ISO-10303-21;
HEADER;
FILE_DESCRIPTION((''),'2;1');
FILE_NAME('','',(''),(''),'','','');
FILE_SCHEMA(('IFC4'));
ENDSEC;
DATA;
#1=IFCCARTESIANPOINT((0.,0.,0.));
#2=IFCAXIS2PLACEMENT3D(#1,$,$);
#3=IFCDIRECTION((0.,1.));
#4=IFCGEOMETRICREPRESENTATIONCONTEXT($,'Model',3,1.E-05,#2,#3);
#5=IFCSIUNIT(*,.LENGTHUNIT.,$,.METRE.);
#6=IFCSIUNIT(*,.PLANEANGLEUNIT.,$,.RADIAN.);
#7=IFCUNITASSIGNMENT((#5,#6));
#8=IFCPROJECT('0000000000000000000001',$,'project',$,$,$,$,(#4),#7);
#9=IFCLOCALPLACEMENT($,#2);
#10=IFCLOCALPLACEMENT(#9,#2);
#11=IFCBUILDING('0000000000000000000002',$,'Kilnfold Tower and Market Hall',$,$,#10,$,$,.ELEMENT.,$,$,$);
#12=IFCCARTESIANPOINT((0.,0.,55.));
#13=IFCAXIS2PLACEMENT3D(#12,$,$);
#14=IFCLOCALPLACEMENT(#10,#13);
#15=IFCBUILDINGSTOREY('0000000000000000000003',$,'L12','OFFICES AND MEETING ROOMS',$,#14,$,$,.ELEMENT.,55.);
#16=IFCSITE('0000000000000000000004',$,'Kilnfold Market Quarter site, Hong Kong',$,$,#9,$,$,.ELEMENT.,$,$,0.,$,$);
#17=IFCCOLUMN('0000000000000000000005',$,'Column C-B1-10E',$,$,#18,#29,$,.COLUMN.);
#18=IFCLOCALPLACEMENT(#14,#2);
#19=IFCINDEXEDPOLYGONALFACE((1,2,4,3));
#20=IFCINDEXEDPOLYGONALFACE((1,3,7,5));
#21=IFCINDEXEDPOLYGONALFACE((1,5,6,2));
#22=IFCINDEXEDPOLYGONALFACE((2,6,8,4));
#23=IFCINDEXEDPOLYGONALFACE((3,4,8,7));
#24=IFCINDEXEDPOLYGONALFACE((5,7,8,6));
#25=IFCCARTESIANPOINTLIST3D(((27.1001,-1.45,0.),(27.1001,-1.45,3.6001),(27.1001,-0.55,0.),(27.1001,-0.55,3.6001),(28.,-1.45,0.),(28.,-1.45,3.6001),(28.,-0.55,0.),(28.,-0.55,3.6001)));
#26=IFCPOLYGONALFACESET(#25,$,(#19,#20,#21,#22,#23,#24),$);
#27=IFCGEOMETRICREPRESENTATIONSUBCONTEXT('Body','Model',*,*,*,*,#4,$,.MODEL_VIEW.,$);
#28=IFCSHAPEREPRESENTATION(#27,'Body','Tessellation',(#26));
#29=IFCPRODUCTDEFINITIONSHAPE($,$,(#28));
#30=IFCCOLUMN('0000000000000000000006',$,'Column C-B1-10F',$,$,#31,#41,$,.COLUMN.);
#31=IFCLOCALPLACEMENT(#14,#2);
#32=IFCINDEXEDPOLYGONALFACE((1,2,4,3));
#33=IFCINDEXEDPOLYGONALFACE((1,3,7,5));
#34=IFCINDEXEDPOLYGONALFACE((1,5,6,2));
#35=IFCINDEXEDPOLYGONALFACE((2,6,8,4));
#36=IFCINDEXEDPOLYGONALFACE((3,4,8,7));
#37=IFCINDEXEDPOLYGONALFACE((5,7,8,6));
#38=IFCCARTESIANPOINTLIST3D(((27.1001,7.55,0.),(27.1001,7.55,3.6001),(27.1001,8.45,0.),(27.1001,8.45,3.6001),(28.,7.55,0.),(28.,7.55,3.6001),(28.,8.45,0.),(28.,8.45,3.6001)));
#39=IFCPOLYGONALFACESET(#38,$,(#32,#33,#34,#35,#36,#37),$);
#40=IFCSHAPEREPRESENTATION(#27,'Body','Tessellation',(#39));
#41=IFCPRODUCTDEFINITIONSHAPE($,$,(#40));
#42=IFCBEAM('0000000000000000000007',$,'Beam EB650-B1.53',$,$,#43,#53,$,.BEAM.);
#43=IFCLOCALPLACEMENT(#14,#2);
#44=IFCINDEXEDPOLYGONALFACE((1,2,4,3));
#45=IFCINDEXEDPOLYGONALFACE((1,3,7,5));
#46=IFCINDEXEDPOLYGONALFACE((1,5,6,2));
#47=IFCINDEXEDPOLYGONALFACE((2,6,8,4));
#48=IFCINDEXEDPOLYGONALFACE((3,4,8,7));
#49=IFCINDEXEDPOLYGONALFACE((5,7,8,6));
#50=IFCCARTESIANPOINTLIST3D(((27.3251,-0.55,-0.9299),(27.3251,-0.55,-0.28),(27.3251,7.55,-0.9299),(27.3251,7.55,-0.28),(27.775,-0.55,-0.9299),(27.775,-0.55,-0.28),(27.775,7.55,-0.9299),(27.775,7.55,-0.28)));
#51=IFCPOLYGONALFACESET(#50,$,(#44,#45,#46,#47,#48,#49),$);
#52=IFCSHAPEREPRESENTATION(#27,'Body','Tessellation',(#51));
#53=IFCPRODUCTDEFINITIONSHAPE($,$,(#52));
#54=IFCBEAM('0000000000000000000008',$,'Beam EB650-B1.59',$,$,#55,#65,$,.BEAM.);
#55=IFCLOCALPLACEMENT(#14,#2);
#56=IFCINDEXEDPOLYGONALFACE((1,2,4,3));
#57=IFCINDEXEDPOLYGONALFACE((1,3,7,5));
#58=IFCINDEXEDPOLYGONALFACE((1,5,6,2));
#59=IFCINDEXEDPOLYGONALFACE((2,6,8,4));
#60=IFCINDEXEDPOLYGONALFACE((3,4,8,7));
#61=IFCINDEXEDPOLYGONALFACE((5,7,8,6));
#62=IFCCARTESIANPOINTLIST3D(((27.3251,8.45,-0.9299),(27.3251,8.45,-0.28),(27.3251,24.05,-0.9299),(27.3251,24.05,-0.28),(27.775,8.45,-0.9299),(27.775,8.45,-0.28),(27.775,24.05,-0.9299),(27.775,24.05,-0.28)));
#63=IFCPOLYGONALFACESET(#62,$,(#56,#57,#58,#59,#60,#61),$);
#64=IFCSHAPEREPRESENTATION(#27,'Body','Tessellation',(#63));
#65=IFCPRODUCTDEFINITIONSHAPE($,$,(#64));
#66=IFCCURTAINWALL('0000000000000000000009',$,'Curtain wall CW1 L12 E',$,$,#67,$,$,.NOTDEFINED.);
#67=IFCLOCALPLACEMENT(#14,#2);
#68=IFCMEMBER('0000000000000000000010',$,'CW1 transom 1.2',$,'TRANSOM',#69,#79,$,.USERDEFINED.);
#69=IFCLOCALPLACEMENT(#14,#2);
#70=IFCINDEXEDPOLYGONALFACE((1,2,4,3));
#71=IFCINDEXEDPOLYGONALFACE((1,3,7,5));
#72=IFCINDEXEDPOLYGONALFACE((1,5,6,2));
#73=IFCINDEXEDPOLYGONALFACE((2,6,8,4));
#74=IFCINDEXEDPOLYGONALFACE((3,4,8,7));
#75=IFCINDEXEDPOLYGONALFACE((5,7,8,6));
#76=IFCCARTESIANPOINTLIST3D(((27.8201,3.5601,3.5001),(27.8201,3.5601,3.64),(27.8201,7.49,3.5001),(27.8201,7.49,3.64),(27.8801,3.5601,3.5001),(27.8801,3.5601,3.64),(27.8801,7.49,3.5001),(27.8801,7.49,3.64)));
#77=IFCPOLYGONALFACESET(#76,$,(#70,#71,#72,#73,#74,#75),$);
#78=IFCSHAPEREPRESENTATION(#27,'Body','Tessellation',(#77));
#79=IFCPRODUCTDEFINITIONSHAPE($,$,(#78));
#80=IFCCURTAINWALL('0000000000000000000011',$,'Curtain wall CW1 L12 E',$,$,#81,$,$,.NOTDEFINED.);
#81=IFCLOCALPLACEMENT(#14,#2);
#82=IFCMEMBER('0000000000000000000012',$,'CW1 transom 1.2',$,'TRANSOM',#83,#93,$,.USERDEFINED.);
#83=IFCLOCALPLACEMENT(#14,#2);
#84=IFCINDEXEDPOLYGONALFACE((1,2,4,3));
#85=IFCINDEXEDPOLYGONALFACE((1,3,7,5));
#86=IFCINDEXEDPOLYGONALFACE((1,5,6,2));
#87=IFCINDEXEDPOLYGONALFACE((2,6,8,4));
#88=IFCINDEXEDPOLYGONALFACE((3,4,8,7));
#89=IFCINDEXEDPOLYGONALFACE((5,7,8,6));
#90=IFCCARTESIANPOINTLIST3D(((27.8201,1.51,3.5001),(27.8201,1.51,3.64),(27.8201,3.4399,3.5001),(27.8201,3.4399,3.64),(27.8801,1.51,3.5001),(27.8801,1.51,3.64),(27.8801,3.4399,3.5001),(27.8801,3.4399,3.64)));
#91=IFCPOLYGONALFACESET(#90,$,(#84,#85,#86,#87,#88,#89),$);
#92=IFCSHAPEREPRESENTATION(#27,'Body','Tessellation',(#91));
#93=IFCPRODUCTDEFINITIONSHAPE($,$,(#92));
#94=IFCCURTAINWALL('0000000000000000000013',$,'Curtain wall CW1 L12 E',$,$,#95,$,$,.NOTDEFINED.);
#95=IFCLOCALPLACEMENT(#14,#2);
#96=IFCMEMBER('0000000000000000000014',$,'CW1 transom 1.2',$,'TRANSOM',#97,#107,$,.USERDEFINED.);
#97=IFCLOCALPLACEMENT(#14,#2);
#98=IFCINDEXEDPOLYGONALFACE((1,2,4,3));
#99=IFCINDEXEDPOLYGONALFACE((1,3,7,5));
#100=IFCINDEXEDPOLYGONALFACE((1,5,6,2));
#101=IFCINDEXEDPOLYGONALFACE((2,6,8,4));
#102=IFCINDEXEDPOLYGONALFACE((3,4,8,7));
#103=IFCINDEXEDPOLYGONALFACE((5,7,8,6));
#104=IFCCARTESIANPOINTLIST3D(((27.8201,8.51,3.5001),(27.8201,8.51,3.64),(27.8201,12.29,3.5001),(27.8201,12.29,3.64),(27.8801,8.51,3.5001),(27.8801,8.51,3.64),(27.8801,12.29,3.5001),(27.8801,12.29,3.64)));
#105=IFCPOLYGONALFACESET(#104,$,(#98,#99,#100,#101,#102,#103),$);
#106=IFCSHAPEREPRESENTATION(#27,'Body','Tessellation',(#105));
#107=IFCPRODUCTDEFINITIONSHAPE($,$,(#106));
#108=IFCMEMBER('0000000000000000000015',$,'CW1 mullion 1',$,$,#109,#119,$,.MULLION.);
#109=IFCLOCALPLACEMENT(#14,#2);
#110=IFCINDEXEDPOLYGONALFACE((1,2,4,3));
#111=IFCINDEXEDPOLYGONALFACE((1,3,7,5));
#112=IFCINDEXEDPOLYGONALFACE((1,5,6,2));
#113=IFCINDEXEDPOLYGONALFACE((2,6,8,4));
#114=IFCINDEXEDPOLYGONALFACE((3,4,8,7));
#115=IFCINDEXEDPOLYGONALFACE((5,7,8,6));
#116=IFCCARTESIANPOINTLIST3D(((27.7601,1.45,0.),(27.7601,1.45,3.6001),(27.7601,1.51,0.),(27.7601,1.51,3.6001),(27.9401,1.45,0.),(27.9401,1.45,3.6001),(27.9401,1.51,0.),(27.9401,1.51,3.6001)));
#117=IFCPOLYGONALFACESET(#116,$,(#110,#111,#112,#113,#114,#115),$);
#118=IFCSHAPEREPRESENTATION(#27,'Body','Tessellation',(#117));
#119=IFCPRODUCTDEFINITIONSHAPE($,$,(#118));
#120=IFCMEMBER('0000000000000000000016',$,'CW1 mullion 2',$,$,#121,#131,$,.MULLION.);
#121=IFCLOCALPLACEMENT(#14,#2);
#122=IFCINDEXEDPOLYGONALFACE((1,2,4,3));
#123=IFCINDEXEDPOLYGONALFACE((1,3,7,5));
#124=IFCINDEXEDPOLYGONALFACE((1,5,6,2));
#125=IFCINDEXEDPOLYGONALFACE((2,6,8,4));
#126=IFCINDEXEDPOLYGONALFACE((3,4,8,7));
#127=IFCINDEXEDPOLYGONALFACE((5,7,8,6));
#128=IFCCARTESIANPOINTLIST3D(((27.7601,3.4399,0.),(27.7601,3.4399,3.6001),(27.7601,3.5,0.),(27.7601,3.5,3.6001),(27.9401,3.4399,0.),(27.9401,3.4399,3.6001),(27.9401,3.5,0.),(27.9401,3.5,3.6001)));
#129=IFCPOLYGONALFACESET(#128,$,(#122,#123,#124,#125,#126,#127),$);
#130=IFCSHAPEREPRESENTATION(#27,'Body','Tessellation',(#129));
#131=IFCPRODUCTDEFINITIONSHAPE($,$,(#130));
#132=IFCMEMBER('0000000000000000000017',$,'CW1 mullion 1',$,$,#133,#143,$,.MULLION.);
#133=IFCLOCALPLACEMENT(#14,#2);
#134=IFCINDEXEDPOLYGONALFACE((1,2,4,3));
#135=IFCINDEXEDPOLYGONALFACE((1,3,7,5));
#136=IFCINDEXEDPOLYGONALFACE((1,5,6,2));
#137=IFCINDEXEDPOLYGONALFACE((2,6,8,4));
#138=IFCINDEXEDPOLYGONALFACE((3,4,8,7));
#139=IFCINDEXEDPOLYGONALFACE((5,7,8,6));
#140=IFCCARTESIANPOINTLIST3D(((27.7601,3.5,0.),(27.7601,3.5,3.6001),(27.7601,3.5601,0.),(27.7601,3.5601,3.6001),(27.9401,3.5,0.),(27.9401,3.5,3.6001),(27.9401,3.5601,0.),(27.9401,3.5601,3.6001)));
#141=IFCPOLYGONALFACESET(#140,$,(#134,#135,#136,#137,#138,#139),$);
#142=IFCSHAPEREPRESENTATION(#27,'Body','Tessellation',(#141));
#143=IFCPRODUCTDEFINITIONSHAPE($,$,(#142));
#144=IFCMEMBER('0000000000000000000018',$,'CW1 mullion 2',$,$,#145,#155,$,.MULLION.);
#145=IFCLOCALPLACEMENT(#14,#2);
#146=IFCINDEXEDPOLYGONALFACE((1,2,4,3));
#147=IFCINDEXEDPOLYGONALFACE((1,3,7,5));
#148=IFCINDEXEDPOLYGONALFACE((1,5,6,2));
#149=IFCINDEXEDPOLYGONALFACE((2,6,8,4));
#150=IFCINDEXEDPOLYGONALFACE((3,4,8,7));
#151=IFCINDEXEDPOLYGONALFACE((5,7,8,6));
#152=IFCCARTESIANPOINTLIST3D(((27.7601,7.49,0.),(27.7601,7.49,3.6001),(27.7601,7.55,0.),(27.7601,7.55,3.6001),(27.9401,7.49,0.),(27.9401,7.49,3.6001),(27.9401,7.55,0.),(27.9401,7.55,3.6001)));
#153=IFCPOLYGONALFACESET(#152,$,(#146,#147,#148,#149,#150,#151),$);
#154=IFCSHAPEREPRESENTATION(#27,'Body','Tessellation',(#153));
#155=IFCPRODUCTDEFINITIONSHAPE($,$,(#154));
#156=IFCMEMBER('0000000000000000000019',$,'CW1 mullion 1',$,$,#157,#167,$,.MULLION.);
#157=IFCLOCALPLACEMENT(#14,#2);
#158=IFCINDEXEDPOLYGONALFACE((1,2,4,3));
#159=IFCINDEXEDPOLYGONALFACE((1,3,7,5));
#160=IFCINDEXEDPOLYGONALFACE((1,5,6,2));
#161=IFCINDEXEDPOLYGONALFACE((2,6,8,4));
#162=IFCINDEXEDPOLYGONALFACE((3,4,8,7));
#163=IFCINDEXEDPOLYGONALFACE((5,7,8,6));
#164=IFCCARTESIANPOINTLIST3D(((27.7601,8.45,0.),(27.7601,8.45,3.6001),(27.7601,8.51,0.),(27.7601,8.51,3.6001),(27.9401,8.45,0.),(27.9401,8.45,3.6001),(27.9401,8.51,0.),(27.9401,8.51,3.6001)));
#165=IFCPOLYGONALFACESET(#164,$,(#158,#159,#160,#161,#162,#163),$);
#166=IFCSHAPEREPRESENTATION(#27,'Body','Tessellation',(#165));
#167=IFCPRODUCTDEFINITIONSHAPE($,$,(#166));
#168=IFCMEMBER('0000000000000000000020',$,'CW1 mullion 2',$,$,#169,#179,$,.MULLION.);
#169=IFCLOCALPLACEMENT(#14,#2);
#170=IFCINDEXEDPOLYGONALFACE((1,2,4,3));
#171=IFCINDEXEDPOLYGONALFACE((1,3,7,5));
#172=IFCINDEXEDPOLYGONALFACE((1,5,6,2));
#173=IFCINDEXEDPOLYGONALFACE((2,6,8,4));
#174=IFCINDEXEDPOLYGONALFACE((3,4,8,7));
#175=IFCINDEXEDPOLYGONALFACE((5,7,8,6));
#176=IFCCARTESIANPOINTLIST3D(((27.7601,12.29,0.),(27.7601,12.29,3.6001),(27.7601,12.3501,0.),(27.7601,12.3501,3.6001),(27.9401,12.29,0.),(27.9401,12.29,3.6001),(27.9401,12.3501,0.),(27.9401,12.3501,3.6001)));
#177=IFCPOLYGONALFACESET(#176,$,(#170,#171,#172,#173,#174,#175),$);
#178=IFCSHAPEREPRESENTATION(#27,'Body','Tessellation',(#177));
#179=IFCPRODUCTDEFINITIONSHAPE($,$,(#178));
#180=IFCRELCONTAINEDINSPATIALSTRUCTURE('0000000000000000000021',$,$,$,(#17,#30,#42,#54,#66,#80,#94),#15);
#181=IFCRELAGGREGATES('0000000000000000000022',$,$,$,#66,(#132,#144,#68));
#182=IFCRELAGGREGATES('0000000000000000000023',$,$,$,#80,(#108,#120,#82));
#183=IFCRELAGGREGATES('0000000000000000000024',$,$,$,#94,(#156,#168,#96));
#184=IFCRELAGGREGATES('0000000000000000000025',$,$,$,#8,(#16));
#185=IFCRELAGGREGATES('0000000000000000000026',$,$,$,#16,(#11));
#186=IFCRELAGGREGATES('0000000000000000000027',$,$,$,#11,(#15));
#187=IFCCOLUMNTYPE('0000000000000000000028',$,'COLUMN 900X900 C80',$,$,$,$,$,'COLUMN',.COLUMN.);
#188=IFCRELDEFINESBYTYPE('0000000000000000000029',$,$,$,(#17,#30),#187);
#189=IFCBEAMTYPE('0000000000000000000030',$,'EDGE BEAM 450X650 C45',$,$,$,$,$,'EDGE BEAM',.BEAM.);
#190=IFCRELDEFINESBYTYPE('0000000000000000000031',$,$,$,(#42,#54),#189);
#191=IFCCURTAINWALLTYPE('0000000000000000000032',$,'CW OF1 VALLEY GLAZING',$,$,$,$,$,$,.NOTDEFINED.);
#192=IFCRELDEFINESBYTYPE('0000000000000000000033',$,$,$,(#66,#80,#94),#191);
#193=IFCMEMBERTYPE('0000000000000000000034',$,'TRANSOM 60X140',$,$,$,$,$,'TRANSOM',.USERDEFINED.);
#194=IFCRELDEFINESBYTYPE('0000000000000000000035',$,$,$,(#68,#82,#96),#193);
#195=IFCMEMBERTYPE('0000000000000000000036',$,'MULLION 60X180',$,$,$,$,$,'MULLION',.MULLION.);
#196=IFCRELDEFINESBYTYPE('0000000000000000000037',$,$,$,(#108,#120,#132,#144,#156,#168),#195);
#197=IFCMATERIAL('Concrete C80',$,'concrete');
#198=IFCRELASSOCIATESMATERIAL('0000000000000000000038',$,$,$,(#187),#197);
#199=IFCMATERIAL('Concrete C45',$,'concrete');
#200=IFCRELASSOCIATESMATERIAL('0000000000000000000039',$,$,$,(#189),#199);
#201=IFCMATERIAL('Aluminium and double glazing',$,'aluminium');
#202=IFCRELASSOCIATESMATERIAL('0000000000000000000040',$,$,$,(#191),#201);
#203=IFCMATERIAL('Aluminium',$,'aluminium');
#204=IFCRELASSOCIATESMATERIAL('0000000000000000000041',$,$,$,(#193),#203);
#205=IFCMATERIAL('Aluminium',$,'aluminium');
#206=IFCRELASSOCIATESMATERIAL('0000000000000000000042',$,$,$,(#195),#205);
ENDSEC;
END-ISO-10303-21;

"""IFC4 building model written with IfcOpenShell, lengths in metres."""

from ifc_helpers import new_model, si_unit, direction, frame, origin, origin_2d, place, context, subcontext, project, spatial, rectangle, extrude, source, transform, mapped, material, material_profile, profile_set, type_object, element, aggregate, save


model = new_model("IFC4")

# Units and contexts
model_context = context("Model", 3, precision=1e-05, world=origin(), true_north=direction((0.0, 1.0)))
body_context = subcontext(model_context, "Body", "Model", "MODEL_VIEW")
ifc_project = project(units=[si_unit("LENGTHUNIT", "METRE"), si_unit("PLANEANGLEUNIT", "RADIAN")], contexts=[model_context])

# Site, building, storey
site_placement = place(None, origin())
site = spatial("IfcSite", under=ifc_project, at=site_placement, Name="Kilnfold Market Quarter site, Hong Kong", CompositionType="ELEMENT", RefElevation=0.0)
building_placement = place(site_placement, origin())
building = spatial("IfcBuilding", under=site, at=building_placement, Name="Kilnfold Tower and Market Hall", CompositionType="ELEMENT")
storey_placement = place(building_placement, frame((0.0, 0.0, 55.0)))
storey = spatial("IfcBuildingStorey", under=building, at=storey_placement, Name="L12", Description="OFFICES AND MEETING ROOMS", CompositionType="ELEMENT", Elevation=55.0)

# Columns
ifc_material_1 = material(Name="Concrete C80", Category="concrete")
ifc_material_profile_1 = material_profile(ifc_material_1, rectangle(XDim=0.8999, YDim=0.8999, at=origin_2d()), Name="RC 900x900")
ifc_profile_set_1 = profile_set([ifc_material_profile_1], Name="Concrete C80")
column_type = type_object("IfcColumnType", Name="COLUMN 900X900 C80", ElementType="COLUMN", PredefinedType="COLUMN", material=ifc_profile_set_1)
shared_shape_1 = source(origin(), body_context, "Body", "SweptSolid", [
    extrude(rectangle(XDim=0.8999, YDim=0.8999, at=origin_2d()), origin(), (0.0, 0.0, 1.0), 3.6001),
])
for number, where, z_axis, x_axis, name in (
    (1, (27.55, -1.0, 0.0), (0.0, 0.0, 1.0), (1.0, 0.0, 0.0), "Column C-B1-10E"),
    (2, (27.55, 8.0, 0.0), (0.0, 0.0, 1.0), (1.0, 0.0, 0.0), "Column C-B1-10F"),
):
    element("IfcColumn", number, at=place(storey_placement, frame(where, z_axis=z_axis, x_axis=x_axis)), inside=storey, type_object=column_type, Name=name, PredefinedType="COLUMN", context=body_context, shape_type="MappedRepresentation", body=[
        mapped(shared_shape_1, transform((0.0, 0.0, 0.0))),
    ])

# Beams
ifc_material_2 = material(Name="Concrete C45", Category="concrete")
ifc_material_profile_2 = material_profile(ifc_material_2, rectangle(XDim=0.45, YDim=0.6499, at=origin_2d()), Name="RC 450x650")
ifc_profile_set_2 = profile_set([ifc_material_profile_2], Name="Concrete C45")
beam_type = type_object("IfcBeamType", Name="EDGE BEAM 450X650 C45", ElementType="EDGE BEAM", PredefinedType="BEAM", material=ifc_profile_set_2)
shared_shape_2 = source(origin(), body_context, "Body", "SweptSolid", [
    extrude(rectangle(XDim=0.45, YDim=0.6499, at=origin_2d()), origin(), (0.0, 0.0, 1.0), 8.1001),
])
beam_1_placement = place(storey_placement, frame((27.55, -0.55, -0.605), z_axis=(0.0, 1.0, 0.0), x_axis=(-1.0, 0.0, 0.0)))
element("IfcBeam", 3, at=beam_1_placement, inside=storey, type_object=beam_type, Name="Beam EB650-B1.53", PredefinedType="BEAM", context=body_context, shape_type="MappedRepresentation", body=[
    mapped(shared_shape_2, transform((0.0, 0.0, 0.0))),
])
shared_shape_3 = source(origin(), body_context, "Body", "SweptSolid", [
    extrude(rectangle(XDim=0.45, YDim=0.6499, at=origin_2d()), origin(), (0.0, 0.0, 1.0), 15.6001),
])
beam_2_placement = place(storey_placement, frame((27.55, 8.45, -0.605), z_axis=(0.0, 1.0, 0.0), x_axis=(-1.0, 0.0, 0.0)))
element("IfcBeam", 4, at=beam_2_placement, inside=storey, type_object=beam_type, Name="Beam EB650-B1.59", PredefinedType="BEAM", context=body_context, shape_type="MappedRepresentation", body=[
    mapped(shared_shape_3, transform((0.0, 0.0, 0.0))),
])

# Curtain walls, members
ifc_material_3 = material(Name="Aluminium and double glazing", Category="aluminium")
curtain_wall_type = type_object("IfcCurtainWallType", Name="CW OF1 VALLEY GLAZING", PredefinedType="NOTDEFINED", material=ifc_material_3)
curtain_wall_1_placement = place(storey_placement, origin())
curtain_wall_1 = element("IfcCurtainWall", 5, at=curtain_wall_1_placement, inside=storey, type_object=curtain_wall_type, Name="Curtain wall CW1 L12 E", PredefinedType="NOTDEFINED")
ifc_material_4 = material(Name="Aluminium", Category="aluminium")
ifc_material_profile_3 = material_profile(ifc_material_4, rectangle(XDim=0.0601, YDim=0.1399, at=origin_2d()), Name="TRANSOM 60x140")
ifc_profile_set_3 = profile_set([ifc_material_profile_3], Name="Aluminium")
member_type_1 = type_object("IfcMemberType", Name="TRANSOM 60X140", ElementType="TRANSOM", PredefinedType="USERDEFINED", material=ifc_profile_set_3)
shared_shape_4 = source(origin(), body_context, "Body", "SweptSolid", [
    extrude(rectangle(XDim=0.0601, YDim=0.1399, at=origin_2d()), origin(), (0.0, 0.0, 1.0), 3.9299),
])
member_1_placement = place(storey_placement, frame((27.8501, 3.5601, 3.5701), z_axis=(0.0, 1.0, 0.0), x_axis=(-1.0, 0.0, 0.0)))
member_1 = element("IfcMember", 6, at=member_1_placement, type_object=member_type_1, Name="CW1 transom 1.2", ObjectType="TRANSOM", PredefinedType="USERDEFINED", context=body_context, shape_type="MappedRepresentation", body=[
    mapped(shared_shape_4, transform((0.0, 0.0, 0.0))),
])
curtain_wall_2_placement = place(storey_placement, origin())
curtain_wall_2 = element("IfcCurtainWall", 7, at=curtain_wall_2_placement, inside=storey, type_object=curtain_wall_type, Name="Curtain wall CW1 L12 E", PredefinedType="NOTDEFINED")
shared_shape_5 = source(origin(), body_context, "Body", "SweptSolid", [
    extrude(rectangle(XDim=0.0601, YDim=0.1399, at=origin_2d()), origin(), (0.0, 0.0, 1.0), 1.9299),
])
member_2_placement = place(storey_placement, frame((27.8501, 1.51, 3.5701), z_axis=(0.0, 1.0, 0.0), x_axis=(-1.0, 0.0, 0.0)))
member_2 = element("IfcMember", 8, at=member_2_placement, type_object=member_type_1, Name="CW1 transom 1.2", ObjectType="TRANSOM", PredefinedType="USERDEFINED", context=body_context, shape_type="MappedRepresentation", body=[
    mapped(shared_shape_5, transform((0.0, 0.0, 0.0))),
])
curtain_wall_3_placement = place(storey_placement, origin())
curtain_wall_3 = element("IfcCurtainWall", 9, at=curtain_wall_3_placement, inside=storey, type_object=curtain_wall_type, Name="Curtain wall CW1 L12 E", PredefinedType="NOTDEFINED")
shared_shape_6 = source(origin(), body_context, "Body", "SweptSolid", [
    extrude(rectangle(XDim=0.0601, YDim=0.1399, at=origin_2d()), origin(), (0.0, 0.0, 1.0), 3.78),
])
member_3_placement = place(storey_placement, frame((27.8501, 8.51, 3.5701), z_axis=(0.0, 1.0, 0.0), x_axis=(-1.0, 0.0, 0.0)))
member_3 = element("IfcMember", 10, at=member_3_placement, type_object=member_type_1, Name="CW1 transom 1.2", ObjectType="TRANSOM", PredefinedType="USERDEFINED", context=body_context, shape_type="MappedRepresentation", body=[
    mapped(shared_shape_6, transform((0.0, 0.0, 0.0))),
])

# Members
ifc_material_5 = material(Name="Aluminium", Category="aluminium")
ifc_material_profile_4 = material_profile(ifc_material_5, rectangle(XDim=0.0601, YDim=0.1799, at=origin_2d()), Name="MULLION 60x180")
ifc_profile_set_4 = profile_set([ifc_material_profile_4], Name="Aluminium")
member_type_2 = type_object("IfcMemberType", Name="MULLION 60X180", ElementType="MULLION", PredefinedType="MULLION", material=ifc_profile_set_4)
shared_shape_7 = source(origin(), body_context, "Body", "SweptSolid", [
    extrude(rectangle(XDim=0.0601, YDim=0.1799, at=origin_2d()), origin(), (0.0, 0.0, 1.0), 3.6001),
])
member_4_placement = place(storey_placement, frame((27.8501, 1.48, 0.0), z_axis=(0.0, 0.0, 1.0), x_axis=(0.0, 1.0, 0.0)))
member_4 = element("IfcMember", 11, at=member_4_placement, type_object=member_type_2, Name="CW1 mullion 1", PredefinedType="MULLION", context=body_context, shape_type="MappedRepresentation", body=[
    mapped(shared_shape_7, transform((0.0, 0.0, 0.0))),
])
member_5_placement = place(storey_placement, frame((27.8501, 3.47, 0.0), z_axis=(0.0, 0.0, 1.0), x_axis=(0.0, 1.0, 0.0)))
member_5 = element("IfcMember", 12, at=member_5_placement, type_object=member_type_2, Name="CW1 mullion 2", PredefinedType="MULLION", context=body_context, shape_type="MappedRepresentation", body=[
    mapped(shared_shape_7, transform((0.0, 0.0, 0.0))),
])
member_6_placement = place(storey_placement, frame((27.8501, 3.53, 0.0), z_axis=(0.0, 0.0, 1.0), x_axis=(0.0, 1.0, 0.0)))
member_6 = element("IfcMember", 13, at=member_6_placement, type_object=member_type_2, Name="CW1 mullion 1", PredefinedType="MULLION", context=body_context, shape_type="MappedRepresentation", body=[
    mapped(shared_shape_7, transform((0.0, 0.0, 0.0))),
])
member_7_placement = place(storey_placement, frame((27.8501, 7.52, 0.0), z_axis=(0.0, 0.0, 1.0), x_axis=(0.0, 1.0, 0.0)))
member_7 = element("IfcMember", 14, at=member_7_placement, type_object=member_type_2, Name="CW1 mullion 2", PredefinedType="MULLION", context=body_context, shape_type="MappedRepresentation", body=[
    mapped(shared_shape_7, transform((0.0, 0.0, 0.0))),
])
member_8_placement = place(storey_placement, frame((27.8501, 8.48, 0.0), z_axis=(0.0, 0.0, 1.0), x_axis=(0.0, 1.0, 0.0)))
member_8 = element("IfcMember", 15, at=member_8_placement, type_object=member_type_2, Name="CW1 mullion 1", PredefinedType="MULLION", context=body_context, shape_type="MappedRepresentation", body=[
    mapped(shared_shape_7, transform((0.0, 0.0, 0.0))),
])
member_9_placement = place(storey_placement, frame((27.8501, 12.3201, 0.0), z_axis=(0.0, 0.0, 1.0), x_axis=(0.0, 1.0, 0.0)))
member_9 = element("IfcMember", 16, at=member_9_placement, type_object=member_type_2, Name="CW1 mullion 2", PredefinedType="MULLION", context=body_context, shape_type="MappedRepresentation", body=[
    mapped(shared_shape_7, transform((0.0, 0.0, 0.0))),
])

aggregate(curtain_wall_1, [member_6, member_7, member_1])
aggregate(curtain_wall_2, [member_4, member_5, member_2])
aggregate(curtain_wall_3, [member_8, member_9, member_3])

save(model, "model.ifc")
